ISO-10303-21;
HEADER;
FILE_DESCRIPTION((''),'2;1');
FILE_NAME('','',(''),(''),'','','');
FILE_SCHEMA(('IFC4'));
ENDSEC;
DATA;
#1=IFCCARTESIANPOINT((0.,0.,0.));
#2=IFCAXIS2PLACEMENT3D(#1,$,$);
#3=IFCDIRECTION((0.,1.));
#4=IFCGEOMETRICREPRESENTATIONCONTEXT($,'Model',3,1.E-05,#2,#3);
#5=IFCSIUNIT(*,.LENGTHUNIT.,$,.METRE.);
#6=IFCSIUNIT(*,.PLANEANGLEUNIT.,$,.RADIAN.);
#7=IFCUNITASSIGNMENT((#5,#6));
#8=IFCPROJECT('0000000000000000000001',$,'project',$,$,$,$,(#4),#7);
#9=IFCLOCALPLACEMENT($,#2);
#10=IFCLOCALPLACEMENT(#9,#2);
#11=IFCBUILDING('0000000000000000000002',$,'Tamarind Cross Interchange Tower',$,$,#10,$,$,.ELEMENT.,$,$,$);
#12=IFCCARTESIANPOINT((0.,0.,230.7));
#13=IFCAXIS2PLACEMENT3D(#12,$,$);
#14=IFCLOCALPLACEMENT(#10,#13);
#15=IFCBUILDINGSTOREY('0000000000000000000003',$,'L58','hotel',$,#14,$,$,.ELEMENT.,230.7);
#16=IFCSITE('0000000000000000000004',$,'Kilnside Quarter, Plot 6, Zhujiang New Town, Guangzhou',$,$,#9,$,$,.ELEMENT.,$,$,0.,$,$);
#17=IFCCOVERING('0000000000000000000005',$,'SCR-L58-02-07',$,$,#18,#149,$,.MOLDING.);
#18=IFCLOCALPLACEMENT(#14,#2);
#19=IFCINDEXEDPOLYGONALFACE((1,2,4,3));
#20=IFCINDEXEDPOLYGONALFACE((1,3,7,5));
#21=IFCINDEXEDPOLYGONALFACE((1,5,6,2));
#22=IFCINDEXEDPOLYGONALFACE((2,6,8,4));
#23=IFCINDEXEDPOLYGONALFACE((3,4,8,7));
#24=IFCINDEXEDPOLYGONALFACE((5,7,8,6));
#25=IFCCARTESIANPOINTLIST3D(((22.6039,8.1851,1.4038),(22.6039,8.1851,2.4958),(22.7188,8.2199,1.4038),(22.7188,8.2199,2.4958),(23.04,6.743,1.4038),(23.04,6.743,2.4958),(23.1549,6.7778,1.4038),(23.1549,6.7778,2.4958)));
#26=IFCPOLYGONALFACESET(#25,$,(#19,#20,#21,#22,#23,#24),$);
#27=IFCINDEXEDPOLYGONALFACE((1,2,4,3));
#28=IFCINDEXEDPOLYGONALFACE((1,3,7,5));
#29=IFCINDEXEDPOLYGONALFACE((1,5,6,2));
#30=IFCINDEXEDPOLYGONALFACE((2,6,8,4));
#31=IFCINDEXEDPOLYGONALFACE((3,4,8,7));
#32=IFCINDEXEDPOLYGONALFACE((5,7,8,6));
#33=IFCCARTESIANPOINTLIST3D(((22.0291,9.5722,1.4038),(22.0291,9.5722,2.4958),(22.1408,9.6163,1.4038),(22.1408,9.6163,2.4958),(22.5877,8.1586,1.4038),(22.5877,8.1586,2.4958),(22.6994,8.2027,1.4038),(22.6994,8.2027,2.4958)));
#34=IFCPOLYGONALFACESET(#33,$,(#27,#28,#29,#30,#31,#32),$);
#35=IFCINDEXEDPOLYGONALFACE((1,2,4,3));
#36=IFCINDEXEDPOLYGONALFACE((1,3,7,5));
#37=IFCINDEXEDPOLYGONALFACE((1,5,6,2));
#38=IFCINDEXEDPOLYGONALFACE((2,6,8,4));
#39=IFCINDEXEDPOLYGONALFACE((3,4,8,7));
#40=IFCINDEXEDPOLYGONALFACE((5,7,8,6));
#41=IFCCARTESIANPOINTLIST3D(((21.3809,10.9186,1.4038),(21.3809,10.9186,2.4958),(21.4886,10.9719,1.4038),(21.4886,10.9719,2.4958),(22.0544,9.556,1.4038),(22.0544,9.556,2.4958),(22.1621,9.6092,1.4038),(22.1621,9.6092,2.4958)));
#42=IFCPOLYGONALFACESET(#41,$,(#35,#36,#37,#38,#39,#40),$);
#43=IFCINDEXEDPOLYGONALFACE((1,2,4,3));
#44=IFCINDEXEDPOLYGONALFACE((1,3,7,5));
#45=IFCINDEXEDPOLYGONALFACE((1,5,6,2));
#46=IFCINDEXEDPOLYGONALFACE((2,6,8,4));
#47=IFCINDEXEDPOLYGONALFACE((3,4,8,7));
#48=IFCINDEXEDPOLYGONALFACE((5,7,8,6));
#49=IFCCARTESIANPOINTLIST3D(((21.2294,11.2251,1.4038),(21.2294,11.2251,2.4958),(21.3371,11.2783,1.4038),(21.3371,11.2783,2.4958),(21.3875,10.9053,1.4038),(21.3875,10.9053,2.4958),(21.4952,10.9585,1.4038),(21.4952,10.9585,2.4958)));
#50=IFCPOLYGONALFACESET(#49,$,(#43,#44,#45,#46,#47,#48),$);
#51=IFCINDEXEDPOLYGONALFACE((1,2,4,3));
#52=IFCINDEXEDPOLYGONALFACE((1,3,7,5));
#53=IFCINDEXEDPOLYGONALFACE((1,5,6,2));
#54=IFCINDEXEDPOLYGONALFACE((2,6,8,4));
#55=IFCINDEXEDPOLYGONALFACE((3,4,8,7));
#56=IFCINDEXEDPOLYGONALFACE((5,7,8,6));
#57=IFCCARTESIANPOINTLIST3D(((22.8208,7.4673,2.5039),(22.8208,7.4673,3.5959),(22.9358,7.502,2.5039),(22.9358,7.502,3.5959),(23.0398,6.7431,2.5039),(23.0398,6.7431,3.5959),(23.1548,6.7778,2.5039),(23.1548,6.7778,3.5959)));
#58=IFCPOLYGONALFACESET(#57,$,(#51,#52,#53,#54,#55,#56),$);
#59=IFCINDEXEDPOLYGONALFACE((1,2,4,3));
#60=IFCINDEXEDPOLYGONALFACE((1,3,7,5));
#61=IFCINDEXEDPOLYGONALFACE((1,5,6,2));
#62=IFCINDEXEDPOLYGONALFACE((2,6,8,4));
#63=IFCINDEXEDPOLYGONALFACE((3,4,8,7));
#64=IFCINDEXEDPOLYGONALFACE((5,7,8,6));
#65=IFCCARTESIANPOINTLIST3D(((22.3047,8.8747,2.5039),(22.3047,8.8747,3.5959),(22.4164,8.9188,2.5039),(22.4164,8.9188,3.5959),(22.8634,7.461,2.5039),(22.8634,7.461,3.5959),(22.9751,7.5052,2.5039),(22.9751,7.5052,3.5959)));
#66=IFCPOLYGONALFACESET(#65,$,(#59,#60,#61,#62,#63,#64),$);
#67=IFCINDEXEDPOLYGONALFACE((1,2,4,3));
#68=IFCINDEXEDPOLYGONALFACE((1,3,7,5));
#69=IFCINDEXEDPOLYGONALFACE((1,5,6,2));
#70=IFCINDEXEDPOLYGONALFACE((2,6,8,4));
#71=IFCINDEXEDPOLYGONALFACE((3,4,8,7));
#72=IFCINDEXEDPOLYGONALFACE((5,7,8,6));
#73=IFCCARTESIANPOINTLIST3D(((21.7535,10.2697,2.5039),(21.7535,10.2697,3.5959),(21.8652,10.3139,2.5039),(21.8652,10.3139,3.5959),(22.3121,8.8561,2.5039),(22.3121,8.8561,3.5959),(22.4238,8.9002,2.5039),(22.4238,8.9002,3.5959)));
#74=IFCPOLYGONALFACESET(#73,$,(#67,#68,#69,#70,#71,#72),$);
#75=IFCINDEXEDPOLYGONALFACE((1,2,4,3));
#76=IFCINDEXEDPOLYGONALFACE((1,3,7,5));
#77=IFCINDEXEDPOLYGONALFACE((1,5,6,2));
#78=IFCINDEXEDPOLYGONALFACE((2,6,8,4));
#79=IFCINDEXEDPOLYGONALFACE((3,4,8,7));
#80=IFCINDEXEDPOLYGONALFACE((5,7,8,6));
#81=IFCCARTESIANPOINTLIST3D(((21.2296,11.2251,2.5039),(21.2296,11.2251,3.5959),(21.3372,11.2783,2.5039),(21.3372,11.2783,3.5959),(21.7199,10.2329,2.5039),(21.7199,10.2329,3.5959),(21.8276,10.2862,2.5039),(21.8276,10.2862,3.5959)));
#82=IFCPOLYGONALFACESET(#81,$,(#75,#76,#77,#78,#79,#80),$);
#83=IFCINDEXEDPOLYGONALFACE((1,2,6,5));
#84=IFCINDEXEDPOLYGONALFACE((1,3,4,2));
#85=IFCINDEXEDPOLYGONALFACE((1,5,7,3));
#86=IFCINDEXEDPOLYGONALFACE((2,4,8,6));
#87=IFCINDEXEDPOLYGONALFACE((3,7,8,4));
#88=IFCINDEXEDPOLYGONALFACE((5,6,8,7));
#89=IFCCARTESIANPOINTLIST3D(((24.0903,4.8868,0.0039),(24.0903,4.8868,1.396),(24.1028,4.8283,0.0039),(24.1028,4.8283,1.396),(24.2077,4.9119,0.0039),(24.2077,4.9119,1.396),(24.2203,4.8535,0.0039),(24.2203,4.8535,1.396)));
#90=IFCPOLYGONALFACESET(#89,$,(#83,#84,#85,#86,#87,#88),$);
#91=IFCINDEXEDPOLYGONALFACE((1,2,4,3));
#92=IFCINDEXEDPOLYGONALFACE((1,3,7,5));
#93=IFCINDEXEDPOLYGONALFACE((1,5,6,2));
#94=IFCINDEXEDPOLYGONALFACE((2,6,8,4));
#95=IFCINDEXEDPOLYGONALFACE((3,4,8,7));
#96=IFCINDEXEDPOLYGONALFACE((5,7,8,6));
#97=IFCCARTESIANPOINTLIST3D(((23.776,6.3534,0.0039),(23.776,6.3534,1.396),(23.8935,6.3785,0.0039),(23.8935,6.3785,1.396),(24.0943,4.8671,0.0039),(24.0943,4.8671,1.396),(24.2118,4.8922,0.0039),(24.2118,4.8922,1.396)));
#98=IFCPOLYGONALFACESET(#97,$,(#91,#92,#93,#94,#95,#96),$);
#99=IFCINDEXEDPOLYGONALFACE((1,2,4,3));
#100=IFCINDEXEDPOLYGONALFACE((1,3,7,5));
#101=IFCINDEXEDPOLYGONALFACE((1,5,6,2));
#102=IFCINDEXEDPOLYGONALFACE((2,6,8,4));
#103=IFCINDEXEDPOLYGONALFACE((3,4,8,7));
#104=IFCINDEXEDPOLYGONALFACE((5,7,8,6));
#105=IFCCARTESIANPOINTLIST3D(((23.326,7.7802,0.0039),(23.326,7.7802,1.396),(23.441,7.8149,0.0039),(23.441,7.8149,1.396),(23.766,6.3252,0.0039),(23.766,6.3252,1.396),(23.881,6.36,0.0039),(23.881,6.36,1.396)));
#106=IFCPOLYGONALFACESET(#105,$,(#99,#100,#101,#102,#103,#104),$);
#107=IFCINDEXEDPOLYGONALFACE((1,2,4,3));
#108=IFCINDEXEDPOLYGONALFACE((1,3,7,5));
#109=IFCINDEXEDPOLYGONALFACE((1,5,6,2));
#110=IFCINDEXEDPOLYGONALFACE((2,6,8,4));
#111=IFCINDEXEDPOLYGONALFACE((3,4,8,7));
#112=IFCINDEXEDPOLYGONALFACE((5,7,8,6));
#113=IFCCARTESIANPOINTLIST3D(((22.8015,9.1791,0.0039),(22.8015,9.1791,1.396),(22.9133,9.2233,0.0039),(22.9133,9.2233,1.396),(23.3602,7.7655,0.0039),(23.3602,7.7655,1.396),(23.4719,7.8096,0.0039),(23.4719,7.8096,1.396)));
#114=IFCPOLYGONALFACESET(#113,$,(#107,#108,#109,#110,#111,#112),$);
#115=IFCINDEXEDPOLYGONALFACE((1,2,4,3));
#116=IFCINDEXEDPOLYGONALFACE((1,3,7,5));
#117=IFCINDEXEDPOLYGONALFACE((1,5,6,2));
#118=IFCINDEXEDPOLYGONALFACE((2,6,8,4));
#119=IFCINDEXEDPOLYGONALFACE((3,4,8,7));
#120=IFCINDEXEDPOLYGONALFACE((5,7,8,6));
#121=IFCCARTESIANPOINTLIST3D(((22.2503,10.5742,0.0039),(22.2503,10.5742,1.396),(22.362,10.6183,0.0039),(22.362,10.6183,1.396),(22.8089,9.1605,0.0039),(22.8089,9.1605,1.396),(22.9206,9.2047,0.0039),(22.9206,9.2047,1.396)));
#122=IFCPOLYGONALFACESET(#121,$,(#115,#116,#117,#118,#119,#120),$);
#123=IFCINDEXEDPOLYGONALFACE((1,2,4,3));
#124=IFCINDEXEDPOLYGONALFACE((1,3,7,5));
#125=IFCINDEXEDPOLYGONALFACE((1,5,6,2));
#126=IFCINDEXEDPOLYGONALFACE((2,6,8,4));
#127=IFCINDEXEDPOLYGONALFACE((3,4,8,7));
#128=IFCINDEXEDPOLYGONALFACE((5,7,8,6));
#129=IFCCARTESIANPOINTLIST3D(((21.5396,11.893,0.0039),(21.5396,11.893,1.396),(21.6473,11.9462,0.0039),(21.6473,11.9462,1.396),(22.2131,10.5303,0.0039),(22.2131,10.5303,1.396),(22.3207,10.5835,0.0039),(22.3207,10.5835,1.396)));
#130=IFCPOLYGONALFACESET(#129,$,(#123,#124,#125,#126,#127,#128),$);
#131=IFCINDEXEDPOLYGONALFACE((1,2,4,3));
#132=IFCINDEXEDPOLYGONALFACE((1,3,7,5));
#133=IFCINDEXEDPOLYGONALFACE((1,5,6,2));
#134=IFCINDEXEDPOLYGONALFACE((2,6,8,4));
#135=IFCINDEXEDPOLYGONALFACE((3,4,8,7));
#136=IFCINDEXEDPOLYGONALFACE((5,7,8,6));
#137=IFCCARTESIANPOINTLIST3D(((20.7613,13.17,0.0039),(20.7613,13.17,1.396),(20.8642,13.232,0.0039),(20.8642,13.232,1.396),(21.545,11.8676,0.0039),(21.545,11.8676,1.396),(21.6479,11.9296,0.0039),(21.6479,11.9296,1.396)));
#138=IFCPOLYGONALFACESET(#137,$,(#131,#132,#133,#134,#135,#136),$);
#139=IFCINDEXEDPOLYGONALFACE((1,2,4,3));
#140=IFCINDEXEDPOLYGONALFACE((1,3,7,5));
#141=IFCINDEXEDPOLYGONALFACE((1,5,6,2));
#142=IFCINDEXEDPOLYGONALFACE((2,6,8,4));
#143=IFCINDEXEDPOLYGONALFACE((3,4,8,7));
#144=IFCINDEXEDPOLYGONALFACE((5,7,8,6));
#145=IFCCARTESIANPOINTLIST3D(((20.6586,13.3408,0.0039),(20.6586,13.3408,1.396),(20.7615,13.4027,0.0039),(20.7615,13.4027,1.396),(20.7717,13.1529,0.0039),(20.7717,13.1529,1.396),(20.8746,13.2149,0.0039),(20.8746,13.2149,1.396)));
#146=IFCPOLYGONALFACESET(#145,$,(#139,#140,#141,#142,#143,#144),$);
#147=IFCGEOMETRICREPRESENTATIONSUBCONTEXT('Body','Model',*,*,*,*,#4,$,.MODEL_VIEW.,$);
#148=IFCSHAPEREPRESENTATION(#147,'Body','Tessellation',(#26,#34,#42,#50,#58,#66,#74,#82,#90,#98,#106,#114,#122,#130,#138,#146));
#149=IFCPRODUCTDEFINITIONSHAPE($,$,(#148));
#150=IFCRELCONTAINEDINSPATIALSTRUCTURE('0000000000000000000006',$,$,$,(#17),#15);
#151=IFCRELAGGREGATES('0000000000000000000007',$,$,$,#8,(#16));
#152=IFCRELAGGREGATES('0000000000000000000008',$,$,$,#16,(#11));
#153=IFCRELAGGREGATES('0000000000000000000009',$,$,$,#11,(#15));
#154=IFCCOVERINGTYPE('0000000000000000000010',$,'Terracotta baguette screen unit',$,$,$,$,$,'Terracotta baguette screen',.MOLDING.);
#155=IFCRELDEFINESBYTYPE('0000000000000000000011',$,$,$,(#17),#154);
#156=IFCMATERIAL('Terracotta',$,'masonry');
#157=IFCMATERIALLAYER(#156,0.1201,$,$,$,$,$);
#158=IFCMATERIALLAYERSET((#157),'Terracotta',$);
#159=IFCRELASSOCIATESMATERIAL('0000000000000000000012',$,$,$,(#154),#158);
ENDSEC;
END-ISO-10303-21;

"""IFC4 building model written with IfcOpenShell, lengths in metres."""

from ifc_helpers import new_model, si_unit, direction, frame, origin, origin_2d, place, context, subcontext, project, spatial, rectangle, extrude, material, layer, layer_set, type_object, element, save


model = new_model("IFC4")

# Units and contexts
model_context = context("Model", 3, precision=1e-05, world=origin(), true_north=direction((0.0, 1.0)))
body_context = subcontext(model_context, "Body", "Model", "MODEL_VIEW")
ifc_project = project(units=[si_unit("LENGTHUNIT", "METRE"), si_unit("PLANEANGLEUNIT", "RADIAN")], contexts=[model_context])

# Site, building, storey
site_placement = place(None, origin())
site = spatial("IfcSite", under=ifc_project, at=site_placement, Name="Kilnside Quarter, Plot 6, Zhujiang New Town, Guangzhou", CompositionType="ELEMENT", RefElevation=0.0)
building_placement = place(site_placement, origin())
building = spatial("IfcBuilding", under=site, at=building_placement, Name="Tamarind Cross Interchange Tower", CompositionType="ELEMENT")
storey_placement = place(building_placement, frame((0.0, 0.0, 230.7)))
storey = spatial("IfcBuildingStorey", under=building, at=storey_placement, Name="L58", Description="hotel", CompositionType="ELEMENT", Elevation=230.7)

# Covering
ifc_material_1 = material(Name="Terracotta", Category="masonry")
ifc_layer_1 = layer(ifc_material_1, 0.1201)
ifc_layer_set_1 = layer_set([ifc_layer_1], Name="Terracotta")
covering_type = type_object("IfcCoveringType", Name="Terracotta baguette screen unit", ElementType="Terracotta baguette screen", PredefinedType="MOLDING", material=ifc_layer_set_1)
covering_1_placement = place(storey_placement, origin())
element("IfcCovering", 1, at=covering_1_placement, inside=storey, type_object=covering_type, Name="SCR-L58-02-07", PredefinedType="MOLDING", context=body_context, shape_type="SweptSolid", body=[
    extrude(rectangle(XDim=1.5066, YDim=0.1201, at=origin_2d()), frame((22.8794, 7.4814, 1.4038), z_axis=(0.0, 0.0, 1.0), x_axis=(-0.289458, 0.957191, 0.0)), (0.0, 0.0, 1.0), 1.092),
    extrude(rectangle(XDim=1.52, YDim=0.1201, at=origin_2d()), frame((22.3643, 8.8875, 1.4038), z_axis=(0.0, 0.0, 1.0), x_axis=(-0.367514, 0.930018, 0.0)), (0.0, 0.0, 1.0), 1.092),
    extrude(rectangle(XDim=1.52, YDim=0.1201, at=origin_2d()), frame((21.7715, 10.2639, 1.4038), z_axis=(0.0, 0.0, 1.0), x_axis=(-0.443059, 0.896493, 0.0)), (0.0, 0.0, 1.0), 1.092),
    extrude(rectangle(XDim=0.3567, YDim=0.1201, at=origin_2d()), frame((21.3623, 11.0918, 1.4038), z_axis=(0.0, 0.0, 1.0), x_axis=(-0.443059, 0.896493, 0.0)), (0.0, 0.0, 1.0), 1.092),
    extrude(rectangle(XDim=0.7566, YDim=0.1201, at=origin_2d()), frame((22.9878, 7.1226, 2.5039), z_axis=(0.0, 0.0, 1.0), x_axis=(-0.289458, 0.957191, 0.0)), (0.0, 0.0, 1.0), 1.092),
    extrude(rectangle(XDim=1.52, YDim=0.1201, at=origin_2d()), frame((22.6399, 8.1899, 2.5039), z_axis=(0.0, 0.0, 1.0), x_axis=(-0.367514, 0.930018, 0.0)), (0.0, 0.0, 1.0), 1.092),
    extrude(rectangle(XDim=1.52, YDim=0.1201, at=origin_2d()), frame((22.0886, 9.585, 2.5039), z_axis=(0.0, 0.0, 1.0), x_axis=(-0.367514, 0.930018, 0.0)), (0.0, 0.0, 1.0), 1.092),
    extrude(rectangle(XDim=1.1067, YDim=0.1201, at=origin_2d()), frame((21.5286, 10.7556, 2.5039), z_axis=(0.0, 0.0, 1.0), x_axis=(-0.443059, 0.896493, 0.0)), (0.0, 0.0, 1.0), 1.092),
    extrude(rectangle(XDim=0.0598, YDim=0.1201, at=origin_2d()), frame((24.1553, 4.8701, 0.0039), z_axis=(0.0, 0.0, 1.0), x_axis=(-0.209425, 0.977825, 0.0)), (0.0, 0.0, 1.0), 1.3921),
    extrude(rectangle(XDim=1.52, YDim=0.1201, at=origin_2d()), frame((23.9939, 5.6228, 0.0039), z_axis=(0.0, 0.0, 1.0), x_axis=(-0.209425, 0.977825, 0.0)), (0.0, 0.0, 1.0), 1.3921),
    extrude(rectangle(XDim=1.52, YDim=0.1201, at=origin_2d()), frame((23.6035, 7.0701, 0.0039), z_axis=(0.0, 0.0, 1.0), x_axis=(-0.289458, 0.957191, 0.0)), (0.0, 0.0, 1.0), 1.3921),
    extrude(rectangle(XDim=1.52, YDim=0.1201, at=origin_2d()), frame((23.1367, 8.4944, 0.0039), z_axis=(0.0, 0.0, 1.0), x_axis=(-0.367514, 0.930018, 0.0)), (0.0, 0.0, 1.0), 1.3921),
    extrude(rectangle(XDim=1.52, YDim=0.1201, at=origin_2d()), frame((22.5854, 9.8894, 0.0039), z_axis=(0.0, 0.0, 1.0), x_axis=(-0.367514, 0.930018, 0.0)), (0.0, 0.0, 1.0), 1.3921),
    extrude(rectangle(XDim=1.52, YDim=0.1201, at=origin_2d()), frame((21.9302, 11.2383, 0.0039), z_axis=(0.0, 0.0, 1.0), x_axis=(-0.443059, 0.896493, 0.0)), (0.0, 0.0, 1.0), 1.3921),
    extrude(rectangle(XDim=1.52, YDim=0.1201, at=origin_2d()), frame((21.2046, 12.5498, 0.0039), z_axis=(0.0, 0.0, 1.0), x_axis=(-0.515577, 0.856843, 0.0)), (0.0, 0.0, 1.0), 1.3921),
    extrude(rectangle(XDim=0.2192, YDim=0.1201, at=origin_2d()), frame((20.7666, 13.2778, 0.0039), z_axis=(0.0, 0.0, 1.0), x_axis=(-0.515577, 0.856843, 0.0)), (0.0, 0.0, 1.0), 1.3921),
])

save(model, "model.ifc")
